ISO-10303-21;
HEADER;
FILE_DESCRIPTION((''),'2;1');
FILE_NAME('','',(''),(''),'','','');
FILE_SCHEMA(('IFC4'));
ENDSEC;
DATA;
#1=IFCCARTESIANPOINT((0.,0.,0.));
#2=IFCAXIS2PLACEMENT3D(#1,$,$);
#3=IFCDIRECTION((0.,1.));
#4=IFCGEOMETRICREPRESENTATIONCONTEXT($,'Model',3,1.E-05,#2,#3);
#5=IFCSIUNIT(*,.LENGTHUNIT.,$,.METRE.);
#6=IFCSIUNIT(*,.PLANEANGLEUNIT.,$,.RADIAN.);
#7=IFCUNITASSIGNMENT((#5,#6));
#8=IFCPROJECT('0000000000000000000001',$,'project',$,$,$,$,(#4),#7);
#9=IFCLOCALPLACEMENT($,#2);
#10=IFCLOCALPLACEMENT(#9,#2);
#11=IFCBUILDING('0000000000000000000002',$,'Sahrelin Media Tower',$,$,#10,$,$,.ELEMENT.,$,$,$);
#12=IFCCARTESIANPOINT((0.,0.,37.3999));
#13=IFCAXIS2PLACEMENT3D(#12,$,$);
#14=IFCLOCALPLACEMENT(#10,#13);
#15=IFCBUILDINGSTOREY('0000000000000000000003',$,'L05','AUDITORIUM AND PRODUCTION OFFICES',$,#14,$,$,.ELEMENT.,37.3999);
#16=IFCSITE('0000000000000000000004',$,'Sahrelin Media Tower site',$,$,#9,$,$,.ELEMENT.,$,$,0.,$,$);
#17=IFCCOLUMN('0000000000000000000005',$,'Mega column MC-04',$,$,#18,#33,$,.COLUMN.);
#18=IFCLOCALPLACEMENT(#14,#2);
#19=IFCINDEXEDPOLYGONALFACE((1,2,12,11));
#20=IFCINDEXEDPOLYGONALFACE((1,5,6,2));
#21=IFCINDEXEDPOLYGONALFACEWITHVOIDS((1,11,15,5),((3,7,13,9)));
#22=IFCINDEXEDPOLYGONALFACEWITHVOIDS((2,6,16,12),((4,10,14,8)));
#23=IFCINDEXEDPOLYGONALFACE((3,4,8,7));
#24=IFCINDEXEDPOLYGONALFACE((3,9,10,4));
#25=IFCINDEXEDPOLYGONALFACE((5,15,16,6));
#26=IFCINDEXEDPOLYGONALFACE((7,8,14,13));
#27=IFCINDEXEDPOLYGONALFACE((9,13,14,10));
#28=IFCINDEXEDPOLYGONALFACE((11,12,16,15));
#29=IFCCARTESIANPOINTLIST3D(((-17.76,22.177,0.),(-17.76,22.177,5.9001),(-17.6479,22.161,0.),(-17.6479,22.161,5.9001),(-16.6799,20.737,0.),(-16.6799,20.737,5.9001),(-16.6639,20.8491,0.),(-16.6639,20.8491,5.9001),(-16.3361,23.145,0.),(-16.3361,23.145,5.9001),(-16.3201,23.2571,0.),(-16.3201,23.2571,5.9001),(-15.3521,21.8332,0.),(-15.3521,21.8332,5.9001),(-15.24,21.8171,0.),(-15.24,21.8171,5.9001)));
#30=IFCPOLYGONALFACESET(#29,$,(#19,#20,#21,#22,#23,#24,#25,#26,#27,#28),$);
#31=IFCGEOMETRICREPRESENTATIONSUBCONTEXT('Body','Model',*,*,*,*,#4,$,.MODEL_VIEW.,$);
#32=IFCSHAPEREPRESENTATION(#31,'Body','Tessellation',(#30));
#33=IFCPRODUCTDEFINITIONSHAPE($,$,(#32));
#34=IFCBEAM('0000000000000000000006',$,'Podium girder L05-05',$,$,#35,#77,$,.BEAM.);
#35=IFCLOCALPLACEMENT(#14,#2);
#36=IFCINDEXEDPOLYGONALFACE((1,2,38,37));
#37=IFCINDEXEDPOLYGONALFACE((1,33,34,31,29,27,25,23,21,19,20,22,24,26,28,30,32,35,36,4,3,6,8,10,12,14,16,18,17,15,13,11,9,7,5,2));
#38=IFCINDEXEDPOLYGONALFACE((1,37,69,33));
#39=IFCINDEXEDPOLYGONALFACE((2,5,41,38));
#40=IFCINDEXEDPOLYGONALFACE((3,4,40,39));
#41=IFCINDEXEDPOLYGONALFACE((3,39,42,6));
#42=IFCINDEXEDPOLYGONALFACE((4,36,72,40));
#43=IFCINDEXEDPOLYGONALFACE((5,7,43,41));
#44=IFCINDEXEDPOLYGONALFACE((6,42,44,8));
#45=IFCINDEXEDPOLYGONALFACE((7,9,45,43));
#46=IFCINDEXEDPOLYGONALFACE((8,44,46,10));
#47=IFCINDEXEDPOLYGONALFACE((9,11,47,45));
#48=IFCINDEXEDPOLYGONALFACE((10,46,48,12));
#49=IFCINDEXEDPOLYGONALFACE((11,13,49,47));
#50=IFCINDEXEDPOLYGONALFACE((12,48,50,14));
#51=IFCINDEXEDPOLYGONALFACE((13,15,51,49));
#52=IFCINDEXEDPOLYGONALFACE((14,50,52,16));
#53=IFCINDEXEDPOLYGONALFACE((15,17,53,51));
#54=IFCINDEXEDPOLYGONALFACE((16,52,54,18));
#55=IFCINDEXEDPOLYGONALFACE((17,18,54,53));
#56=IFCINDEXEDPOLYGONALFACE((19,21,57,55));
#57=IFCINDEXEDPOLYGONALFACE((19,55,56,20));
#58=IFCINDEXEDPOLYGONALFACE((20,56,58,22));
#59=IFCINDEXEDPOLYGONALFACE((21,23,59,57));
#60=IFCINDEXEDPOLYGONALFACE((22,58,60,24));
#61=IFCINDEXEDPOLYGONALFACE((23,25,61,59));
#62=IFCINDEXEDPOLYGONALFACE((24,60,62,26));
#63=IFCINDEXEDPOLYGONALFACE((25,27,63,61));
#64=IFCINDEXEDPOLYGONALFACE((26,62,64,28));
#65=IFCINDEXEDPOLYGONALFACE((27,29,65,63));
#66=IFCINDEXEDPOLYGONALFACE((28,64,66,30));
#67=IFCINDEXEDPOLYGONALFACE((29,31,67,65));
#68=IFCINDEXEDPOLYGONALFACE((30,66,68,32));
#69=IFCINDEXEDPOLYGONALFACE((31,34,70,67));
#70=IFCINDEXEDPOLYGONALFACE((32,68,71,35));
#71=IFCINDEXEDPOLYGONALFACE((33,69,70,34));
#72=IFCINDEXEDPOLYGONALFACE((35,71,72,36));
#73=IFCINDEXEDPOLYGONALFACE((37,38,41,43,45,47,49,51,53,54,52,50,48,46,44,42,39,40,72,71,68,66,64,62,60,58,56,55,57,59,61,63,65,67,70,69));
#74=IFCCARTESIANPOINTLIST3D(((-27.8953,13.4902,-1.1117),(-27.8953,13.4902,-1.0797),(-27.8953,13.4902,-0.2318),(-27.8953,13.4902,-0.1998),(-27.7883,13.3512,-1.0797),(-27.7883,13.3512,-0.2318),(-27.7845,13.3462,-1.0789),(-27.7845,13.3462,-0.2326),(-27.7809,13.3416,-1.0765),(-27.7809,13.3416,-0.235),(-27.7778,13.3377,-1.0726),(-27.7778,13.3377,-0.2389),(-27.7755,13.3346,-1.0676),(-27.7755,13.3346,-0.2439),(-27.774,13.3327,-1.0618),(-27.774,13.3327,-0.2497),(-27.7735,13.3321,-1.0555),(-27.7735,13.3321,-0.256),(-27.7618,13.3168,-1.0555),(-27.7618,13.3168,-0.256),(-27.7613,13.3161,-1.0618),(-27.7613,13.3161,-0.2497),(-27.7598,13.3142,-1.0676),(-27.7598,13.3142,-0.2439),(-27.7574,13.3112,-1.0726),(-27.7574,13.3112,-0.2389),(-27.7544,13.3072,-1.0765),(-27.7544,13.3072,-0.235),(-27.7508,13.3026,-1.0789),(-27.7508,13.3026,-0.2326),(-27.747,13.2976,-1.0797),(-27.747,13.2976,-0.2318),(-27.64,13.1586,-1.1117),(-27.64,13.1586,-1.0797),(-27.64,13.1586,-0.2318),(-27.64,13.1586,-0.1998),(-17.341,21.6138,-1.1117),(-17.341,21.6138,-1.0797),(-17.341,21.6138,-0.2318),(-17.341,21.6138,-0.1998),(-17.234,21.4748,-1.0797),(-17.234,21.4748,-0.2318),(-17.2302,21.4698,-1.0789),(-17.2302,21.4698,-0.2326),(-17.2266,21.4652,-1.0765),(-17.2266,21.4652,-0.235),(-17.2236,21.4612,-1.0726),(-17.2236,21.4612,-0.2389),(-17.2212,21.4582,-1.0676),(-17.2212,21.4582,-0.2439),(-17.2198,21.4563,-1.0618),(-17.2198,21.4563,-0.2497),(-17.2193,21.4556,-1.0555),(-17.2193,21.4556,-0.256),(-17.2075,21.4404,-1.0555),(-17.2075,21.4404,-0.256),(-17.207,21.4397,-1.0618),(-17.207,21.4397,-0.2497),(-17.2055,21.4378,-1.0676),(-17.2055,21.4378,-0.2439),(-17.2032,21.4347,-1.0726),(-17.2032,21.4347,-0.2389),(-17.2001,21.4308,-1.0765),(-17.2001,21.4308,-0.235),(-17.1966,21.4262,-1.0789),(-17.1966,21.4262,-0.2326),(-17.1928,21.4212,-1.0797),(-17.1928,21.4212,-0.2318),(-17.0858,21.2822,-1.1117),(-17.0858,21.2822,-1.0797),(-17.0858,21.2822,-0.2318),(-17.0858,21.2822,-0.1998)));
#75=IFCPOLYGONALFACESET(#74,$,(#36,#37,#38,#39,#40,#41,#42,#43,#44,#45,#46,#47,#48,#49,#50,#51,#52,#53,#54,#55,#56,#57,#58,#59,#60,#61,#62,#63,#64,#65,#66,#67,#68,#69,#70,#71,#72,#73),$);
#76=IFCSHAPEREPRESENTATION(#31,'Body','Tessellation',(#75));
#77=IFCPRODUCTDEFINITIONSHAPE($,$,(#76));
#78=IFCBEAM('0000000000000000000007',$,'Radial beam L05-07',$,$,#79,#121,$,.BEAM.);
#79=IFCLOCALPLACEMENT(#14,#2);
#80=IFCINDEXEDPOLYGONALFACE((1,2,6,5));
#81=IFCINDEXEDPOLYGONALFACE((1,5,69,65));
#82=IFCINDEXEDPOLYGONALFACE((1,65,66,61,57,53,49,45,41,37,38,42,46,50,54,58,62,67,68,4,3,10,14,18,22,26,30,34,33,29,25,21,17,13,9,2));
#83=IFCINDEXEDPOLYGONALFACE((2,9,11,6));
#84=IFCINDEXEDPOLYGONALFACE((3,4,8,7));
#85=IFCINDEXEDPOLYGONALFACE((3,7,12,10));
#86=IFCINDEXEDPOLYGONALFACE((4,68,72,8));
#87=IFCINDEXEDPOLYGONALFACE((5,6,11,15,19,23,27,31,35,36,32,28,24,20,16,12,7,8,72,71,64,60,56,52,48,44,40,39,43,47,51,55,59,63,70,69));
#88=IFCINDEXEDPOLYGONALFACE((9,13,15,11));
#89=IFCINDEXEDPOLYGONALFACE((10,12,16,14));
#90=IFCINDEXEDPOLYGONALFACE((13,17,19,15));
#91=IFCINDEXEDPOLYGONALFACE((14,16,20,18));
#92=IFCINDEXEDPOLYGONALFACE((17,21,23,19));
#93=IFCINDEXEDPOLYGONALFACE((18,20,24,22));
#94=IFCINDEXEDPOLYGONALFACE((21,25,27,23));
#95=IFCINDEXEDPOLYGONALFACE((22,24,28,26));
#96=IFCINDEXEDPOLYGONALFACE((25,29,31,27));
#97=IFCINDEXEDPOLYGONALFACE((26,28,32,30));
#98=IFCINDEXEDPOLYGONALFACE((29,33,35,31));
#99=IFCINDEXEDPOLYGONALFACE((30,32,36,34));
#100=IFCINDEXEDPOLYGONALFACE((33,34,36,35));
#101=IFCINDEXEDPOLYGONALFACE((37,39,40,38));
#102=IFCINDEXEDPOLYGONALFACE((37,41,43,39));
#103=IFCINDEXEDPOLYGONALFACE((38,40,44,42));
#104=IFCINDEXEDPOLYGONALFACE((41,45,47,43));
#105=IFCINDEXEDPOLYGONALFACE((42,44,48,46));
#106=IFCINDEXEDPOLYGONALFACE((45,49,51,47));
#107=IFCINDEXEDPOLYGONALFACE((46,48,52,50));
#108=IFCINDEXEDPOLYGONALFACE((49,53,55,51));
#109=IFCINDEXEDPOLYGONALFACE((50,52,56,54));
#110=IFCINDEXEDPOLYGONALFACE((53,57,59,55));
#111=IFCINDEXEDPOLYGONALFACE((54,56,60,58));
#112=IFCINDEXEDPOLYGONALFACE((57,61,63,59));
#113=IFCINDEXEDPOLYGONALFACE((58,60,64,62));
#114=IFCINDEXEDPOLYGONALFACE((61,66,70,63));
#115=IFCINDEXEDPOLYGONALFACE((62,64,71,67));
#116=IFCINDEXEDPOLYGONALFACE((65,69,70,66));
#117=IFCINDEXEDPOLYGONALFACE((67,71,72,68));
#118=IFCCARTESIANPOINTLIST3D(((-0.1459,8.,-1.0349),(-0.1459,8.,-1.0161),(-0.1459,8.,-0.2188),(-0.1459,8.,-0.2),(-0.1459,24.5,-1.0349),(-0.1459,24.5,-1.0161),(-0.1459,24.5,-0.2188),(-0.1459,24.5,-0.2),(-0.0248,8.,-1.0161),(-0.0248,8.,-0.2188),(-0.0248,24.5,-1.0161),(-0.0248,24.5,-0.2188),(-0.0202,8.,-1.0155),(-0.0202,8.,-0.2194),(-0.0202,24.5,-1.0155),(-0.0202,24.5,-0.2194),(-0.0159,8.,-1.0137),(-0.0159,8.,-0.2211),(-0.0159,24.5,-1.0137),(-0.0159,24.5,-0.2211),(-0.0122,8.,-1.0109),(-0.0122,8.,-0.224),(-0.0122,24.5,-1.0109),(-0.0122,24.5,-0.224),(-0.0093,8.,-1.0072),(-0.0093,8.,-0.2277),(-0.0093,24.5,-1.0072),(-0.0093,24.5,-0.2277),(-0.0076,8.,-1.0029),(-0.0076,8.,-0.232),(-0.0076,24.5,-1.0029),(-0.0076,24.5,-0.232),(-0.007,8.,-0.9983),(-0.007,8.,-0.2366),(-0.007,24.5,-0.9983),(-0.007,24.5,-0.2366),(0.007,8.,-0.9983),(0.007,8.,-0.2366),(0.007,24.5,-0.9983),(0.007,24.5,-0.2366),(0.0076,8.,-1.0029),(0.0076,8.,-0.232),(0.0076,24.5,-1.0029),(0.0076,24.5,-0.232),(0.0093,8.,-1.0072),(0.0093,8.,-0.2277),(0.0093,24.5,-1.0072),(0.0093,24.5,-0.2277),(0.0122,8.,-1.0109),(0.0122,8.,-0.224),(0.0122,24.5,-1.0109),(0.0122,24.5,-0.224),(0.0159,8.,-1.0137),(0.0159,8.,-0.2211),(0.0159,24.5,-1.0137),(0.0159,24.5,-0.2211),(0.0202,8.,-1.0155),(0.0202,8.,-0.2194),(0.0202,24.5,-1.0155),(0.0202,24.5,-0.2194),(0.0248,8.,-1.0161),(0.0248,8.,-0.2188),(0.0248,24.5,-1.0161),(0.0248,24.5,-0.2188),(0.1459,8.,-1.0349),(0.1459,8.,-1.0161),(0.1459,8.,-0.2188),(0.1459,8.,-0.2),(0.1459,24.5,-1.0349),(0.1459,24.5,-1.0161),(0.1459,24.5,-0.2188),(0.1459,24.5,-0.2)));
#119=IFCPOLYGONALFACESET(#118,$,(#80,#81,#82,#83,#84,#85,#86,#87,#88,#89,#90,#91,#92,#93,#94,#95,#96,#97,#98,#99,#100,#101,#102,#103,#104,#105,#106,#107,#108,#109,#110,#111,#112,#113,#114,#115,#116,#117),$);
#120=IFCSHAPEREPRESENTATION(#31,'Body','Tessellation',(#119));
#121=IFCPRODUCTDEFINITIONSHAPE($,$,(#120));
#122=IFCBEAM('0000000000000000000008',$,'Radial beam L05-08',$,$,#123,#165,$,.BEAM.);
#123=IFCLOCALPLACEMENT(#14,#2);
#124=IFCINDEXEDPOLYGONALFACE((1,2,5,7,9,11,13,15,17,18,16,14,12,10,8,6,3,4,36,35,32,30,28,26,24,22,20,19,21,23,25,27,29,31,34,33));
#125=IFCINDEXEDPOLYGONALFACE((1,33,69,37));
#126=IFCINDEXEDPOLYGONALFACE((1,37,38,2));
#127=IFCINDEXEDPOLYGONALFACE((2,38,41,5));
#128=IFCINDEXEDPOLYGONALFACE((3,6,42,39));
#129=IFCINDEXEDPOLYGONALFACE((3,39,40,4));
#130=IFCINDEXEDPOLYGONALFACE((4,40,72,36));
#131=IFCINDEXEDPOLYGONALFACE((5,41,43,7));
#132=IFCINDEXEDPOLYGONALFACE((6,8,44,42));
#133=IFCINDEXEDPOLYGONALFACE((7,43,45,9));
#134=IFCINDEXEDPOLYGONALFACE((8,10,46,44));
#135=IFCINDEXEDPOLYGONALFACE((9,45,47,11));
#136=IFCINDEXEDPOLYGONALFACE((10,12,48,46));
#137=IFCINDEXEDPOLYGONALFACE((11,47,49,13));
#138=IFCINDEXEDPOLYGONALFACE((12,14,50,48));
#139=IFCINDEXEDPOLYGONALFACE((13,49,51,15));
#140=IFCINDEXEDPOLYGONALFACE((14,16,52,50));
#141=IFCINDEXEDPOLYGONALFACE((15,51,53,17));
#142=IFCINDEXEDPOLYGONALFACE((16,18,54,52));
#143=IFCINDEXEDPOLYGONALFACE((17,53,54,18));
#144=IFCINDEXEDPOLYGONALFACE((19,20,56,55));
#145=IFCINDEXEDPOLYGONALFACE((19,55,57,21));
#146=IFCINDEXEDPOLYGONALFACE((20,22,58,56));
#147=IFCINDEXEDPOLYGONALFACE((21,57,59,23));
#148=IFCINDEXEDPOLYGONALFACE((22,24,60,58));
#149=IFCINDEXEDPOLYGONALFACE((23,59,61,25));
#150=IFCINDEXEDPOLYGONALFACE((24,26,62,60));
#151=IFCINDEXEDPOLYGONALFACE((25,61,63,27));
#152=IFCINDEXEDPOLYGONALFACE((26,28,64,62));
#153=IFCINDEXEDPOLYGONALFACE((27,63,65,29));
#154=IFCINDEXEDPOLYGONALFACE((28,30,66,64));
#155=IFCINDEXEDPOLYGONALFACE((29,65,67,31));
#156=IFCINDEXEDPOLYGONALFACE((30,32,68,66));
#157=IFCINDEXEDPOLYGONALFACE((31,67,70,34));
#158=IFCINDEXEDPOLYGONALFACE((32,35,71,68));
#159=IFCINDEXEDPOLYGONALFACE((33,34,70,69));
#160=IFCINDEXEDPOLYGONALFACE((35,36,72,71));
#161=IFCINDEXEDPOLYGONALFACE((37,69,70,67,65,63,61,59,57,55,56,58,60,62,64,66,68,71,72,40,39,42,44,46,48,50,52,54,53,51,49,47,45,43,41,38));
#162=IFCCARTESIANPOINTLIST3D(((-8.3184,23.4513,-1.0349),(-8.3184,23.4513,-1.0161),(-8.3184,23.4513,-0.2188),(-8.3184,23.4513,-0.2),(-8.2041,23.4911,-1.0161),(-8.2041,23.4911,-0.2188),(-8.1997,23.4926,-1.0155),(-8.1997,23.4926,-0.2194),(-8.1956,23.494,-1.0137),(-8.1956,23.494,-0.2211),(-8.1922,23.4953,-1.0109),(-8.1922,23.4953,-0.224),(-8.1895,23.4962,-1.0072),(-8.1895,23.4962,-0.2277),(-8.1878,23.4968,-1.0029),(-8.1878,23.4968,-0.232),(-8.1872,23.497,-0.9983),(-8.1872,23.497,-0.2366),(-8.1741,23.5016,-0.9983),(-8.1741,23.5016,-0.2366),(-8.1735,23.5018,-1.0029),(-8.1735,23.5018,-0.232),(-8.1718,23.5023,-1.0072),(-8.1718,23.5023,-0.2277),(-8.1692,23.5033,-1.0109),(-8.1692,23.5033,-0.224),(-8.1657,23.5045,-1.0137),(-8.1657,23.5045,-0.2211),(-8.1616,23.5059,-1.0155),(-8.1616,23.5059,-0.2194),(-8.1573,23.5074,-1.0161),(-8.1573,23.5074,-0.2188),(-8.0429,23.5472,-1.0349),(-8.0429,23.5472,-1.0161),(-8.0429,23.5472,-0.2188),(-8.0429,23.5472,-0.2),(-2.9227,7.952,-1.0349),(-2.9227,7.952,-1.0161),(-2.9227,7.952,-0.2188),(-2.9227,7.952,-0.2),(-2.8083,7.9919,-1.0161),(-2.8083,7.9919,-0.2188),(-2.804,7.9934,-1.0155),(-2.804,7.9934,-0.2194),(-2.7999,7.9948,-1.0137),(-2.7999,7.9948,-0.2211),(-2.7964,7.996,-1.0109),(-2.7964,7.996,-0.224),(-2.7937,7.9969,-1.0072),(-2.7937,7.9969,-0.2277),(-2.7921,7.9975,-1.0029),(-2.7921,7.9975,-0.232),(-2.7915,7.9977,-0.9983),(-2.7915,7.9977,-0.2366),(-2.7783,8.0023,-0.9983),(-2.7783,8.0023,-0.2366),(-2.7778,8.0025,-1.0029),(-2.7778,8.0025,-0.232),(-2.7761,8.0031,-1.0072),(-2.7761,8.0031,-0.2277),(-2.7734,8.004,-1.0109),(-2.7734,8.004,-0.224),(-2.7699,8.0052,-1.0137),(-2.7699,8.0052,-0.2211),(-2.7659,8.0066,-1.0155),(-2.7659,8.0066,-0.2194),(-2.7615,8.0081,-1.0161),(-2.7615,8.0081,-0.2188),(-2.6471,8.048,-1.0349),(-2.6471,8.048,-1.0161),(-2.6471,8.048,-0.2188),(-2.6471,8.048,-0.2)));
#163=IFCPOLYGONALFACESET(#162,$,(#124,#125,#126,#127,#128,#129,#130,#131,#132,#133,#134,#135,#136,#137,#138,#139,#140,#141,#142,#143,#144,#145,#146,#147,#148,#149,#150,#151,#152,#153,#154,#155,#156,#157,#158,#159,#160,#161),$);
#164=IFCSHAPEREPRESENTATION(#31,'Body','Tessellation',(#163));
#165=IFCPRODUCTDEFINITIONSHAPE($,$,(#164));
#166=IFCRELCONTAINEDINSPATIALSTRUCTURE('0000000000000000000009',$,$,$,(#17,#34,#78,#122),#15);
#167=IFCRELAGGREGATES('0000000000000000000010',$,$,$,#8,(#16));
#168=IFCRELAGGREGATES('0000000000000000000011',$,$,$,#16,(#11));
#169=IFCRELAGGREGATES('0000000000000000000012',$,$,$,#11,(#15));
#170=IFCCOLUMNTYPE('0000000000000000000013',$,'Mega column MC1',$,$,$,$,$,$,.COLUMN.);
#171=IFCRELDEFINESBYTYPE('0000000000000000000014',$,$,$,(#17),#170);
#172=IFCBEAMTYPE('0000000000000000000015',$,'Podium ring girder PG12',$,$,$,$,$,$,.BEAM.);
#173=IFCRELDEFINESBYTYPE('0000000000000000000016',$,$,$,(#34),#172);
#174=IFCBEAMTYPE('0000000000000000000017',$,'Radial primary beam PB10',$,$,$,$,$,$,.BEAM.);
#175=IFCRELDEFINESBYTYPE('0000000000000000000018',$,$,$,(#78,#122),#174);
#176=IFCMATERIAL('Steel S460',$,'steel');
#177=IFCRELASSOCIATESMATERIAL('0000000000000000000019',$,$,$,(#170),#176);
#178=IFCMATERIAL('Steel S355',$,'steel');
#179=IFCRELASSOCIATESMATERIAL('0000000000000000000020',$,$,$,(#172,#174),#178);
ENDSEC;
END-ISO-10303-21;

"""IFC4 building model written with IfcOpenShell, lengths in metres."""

from ifc_helpers import new_model, si_unit, direction, frame, origin, origin_2d, place, context, subcontext, project, spatial, hollow_rectangle, i_section, extrude, material, material_profile, profile_set, type_object, element, save


model = new_model("IFC4")

# Units and contexts
model_context = context("Model", 3, precision=1e-05, world=origin(), true_north=direction((0.0, 1.0)))
body_context = subcontext(model_context, "Body", "Model", "MODEL_VIEW")
ifc_project = project(units=[si_unit("LENGTHUNIT", "METRE"), si_unit("PLANEANGLEUNIT", "RADIAN")], contexts=[model_context])

# Site, building, storey
site_placement = place(None, origin())
site = spatial("IfcSite", under=ifc_project, at=site_placement, Name="Sahrelin Media Tower site", CompositionType="ELEMENT", RefElevation=0.0)
building_placement = place(site_placement, origin())
building = spatial("IfcBuilding", under=site, at=building_placement, Name="Sahrelin Media Tower", CompositionType="ELEMENT")
storey_placement = place(building_placement, frame((0.0, 0.0, 37.3999)))
storey = spatial("IfcBuildingStorey", under=building, at=storey_placement, Name="L05", Description="AUDITORIUM AND PRODUCTION OFFICES", CompositionType="ELEMENT", Elevation=37.3999)

# Column
ifc_material_1 = material(Name="Steel S460", Category="steel")
ifc_material_profile_1 = material_profile(ifc_material_1, hollow_rectangle(XDim=1.8, YDim=1.8, WallThickness=0.0801, at=origin_2d()), Name="Mega column MC1")
ifc_profile_set_1 = profile_set([ifc_material_profile_1], Name="Steel S460")
column_type = type_object("IfcColumnType", Name="Mega column MC1", PredefinedType="COLUMN", material=ifc_profile_set_1)
column_placement = place(storey_placement, frame((-16.5, 21.9971, 0.0), z_axis=(0.0, 0.0, 1.0), x_axis=(-0.600052, 0.799961, 0.0)))
element("IfcColumn", 1, at=column_placement, inside=storey, type_object=column_type, Name="Mega column MC-04", PredefinedType="COLUMN", context=body_context, shape_type="SweptSolid", body=[
    extrude(hollow_rectangle(XDim=1.8, YDim=1.8, WallThickness=0.0801, at=origin_2d()), origin(), (0.0, 0.0, 1.0), 5.9001),
])

# Beams
ifc_material_2 = material(Name="Steel S355", Category="steel")
ifc_material_profile_2 = material_profile(ifc_material_2, i_section(OverallWidth=0.4185, OverallDepth=0.9119, WebThickness=0.0193, FlangeThickness=0.032, FilletRadius=0.0242, at=origin_2d()), Name="UB 914x419x343")
ifc_profile_set_2 = profile_set([ifc_material_profile_2], Name="Steel S355")
beam_type_1 = type_object("IfcBeamType", Name="Podium ring girder PG12", PredefinedType="BEAM", material=ifc_profile_set_2)
beam_1_placement = place(storey_placement, frame((-17.2134, 21.448, -0.6558), z_axis=(-0.792445, -0.609943, 0.0), x_axis=(0.609943, -0.792445, 0.0)))
element("IfcBeam", 2, at=beam_1_placement, inside=storey, type_object=beam_type_1, Name="Podium girder L05-05", PredefinedType="BEAM", context=body_context, shape_type="SweptSolid", body=[
    extrude(i_section(OverallWidth=0.4185, OverallDepth=0.9119, WebThickness=0.0193, FlangeThickness=0.032, FilletRadius=0.0242, at=origin_2d()), origin(), (0.0, 0.0, 1.0), 13.3186),
])
ifc_material_profile_3 = material_profile(ifc_material_2, i_section(OverallWidth=0.2917, OverallDepth=0.835, WebThickness=0.0139, FlangeThickness=0.0188, FilletRadius=0.0178, at=origin_2d()), Name="UB 838x292x176")
ifc_profile_set_3 = profile_set([ifc_material_profile_3], Name="Steel S355")
beam_type_2 = type_object("IfcBeamType", Name="Radial primary beam PB10", PredefinedType="BEAM", material=ifc_profile_set_3)
beam_2_placement = place(storey_placement, frame((0.0, 8.0, -0.6174), z_axis=(0.0, 1.0, 0.0), x_axis=(-1.0, 0.0, 0.0)))
element("IfcBeam", 3, at=beam_2_placement, inside=storey, type_object=beam_type_2, Name="Radial beam L05-07", PredefinedType="BEAM", context=body_context, shape_type="SweptSolid", body=[
    extrude(i_section(OverallWidth=0.2917, OverallDepth=0.835, WebThickness=0.0139, FlangeThickness=0.0188, FilletRadius=0.0178, at=origin_2d()), origin(), (0.0, 0.0, 1.0), 16.5),
])
beam_3_placement = place(storey_placement, frame((-2.7849, 8.0, -0.6174), z_axis=(-0.328776, 0.944408, 0.0), x_axis=(-0.944408, -0.328776, 0.0)))
element("IfcBeam", 4, at=beam_3_placement, inside=storey, type_object=beam_type_2, Name="Radial beam L05-08", PredefinedType="BEAM", context=body_context, shape_type="SweptSolid", body=[
    extrude(i_section(OverallWidth=0.2917, OverallDepth=0.835, WebThickness=0.0139, FlangeThickness=0.0188, FilletRadius=0.0178, at=origin_2d()), origin(), (0.0, 0.0, 1.0), 16.4116),
])

save(model, "model.ifc")
